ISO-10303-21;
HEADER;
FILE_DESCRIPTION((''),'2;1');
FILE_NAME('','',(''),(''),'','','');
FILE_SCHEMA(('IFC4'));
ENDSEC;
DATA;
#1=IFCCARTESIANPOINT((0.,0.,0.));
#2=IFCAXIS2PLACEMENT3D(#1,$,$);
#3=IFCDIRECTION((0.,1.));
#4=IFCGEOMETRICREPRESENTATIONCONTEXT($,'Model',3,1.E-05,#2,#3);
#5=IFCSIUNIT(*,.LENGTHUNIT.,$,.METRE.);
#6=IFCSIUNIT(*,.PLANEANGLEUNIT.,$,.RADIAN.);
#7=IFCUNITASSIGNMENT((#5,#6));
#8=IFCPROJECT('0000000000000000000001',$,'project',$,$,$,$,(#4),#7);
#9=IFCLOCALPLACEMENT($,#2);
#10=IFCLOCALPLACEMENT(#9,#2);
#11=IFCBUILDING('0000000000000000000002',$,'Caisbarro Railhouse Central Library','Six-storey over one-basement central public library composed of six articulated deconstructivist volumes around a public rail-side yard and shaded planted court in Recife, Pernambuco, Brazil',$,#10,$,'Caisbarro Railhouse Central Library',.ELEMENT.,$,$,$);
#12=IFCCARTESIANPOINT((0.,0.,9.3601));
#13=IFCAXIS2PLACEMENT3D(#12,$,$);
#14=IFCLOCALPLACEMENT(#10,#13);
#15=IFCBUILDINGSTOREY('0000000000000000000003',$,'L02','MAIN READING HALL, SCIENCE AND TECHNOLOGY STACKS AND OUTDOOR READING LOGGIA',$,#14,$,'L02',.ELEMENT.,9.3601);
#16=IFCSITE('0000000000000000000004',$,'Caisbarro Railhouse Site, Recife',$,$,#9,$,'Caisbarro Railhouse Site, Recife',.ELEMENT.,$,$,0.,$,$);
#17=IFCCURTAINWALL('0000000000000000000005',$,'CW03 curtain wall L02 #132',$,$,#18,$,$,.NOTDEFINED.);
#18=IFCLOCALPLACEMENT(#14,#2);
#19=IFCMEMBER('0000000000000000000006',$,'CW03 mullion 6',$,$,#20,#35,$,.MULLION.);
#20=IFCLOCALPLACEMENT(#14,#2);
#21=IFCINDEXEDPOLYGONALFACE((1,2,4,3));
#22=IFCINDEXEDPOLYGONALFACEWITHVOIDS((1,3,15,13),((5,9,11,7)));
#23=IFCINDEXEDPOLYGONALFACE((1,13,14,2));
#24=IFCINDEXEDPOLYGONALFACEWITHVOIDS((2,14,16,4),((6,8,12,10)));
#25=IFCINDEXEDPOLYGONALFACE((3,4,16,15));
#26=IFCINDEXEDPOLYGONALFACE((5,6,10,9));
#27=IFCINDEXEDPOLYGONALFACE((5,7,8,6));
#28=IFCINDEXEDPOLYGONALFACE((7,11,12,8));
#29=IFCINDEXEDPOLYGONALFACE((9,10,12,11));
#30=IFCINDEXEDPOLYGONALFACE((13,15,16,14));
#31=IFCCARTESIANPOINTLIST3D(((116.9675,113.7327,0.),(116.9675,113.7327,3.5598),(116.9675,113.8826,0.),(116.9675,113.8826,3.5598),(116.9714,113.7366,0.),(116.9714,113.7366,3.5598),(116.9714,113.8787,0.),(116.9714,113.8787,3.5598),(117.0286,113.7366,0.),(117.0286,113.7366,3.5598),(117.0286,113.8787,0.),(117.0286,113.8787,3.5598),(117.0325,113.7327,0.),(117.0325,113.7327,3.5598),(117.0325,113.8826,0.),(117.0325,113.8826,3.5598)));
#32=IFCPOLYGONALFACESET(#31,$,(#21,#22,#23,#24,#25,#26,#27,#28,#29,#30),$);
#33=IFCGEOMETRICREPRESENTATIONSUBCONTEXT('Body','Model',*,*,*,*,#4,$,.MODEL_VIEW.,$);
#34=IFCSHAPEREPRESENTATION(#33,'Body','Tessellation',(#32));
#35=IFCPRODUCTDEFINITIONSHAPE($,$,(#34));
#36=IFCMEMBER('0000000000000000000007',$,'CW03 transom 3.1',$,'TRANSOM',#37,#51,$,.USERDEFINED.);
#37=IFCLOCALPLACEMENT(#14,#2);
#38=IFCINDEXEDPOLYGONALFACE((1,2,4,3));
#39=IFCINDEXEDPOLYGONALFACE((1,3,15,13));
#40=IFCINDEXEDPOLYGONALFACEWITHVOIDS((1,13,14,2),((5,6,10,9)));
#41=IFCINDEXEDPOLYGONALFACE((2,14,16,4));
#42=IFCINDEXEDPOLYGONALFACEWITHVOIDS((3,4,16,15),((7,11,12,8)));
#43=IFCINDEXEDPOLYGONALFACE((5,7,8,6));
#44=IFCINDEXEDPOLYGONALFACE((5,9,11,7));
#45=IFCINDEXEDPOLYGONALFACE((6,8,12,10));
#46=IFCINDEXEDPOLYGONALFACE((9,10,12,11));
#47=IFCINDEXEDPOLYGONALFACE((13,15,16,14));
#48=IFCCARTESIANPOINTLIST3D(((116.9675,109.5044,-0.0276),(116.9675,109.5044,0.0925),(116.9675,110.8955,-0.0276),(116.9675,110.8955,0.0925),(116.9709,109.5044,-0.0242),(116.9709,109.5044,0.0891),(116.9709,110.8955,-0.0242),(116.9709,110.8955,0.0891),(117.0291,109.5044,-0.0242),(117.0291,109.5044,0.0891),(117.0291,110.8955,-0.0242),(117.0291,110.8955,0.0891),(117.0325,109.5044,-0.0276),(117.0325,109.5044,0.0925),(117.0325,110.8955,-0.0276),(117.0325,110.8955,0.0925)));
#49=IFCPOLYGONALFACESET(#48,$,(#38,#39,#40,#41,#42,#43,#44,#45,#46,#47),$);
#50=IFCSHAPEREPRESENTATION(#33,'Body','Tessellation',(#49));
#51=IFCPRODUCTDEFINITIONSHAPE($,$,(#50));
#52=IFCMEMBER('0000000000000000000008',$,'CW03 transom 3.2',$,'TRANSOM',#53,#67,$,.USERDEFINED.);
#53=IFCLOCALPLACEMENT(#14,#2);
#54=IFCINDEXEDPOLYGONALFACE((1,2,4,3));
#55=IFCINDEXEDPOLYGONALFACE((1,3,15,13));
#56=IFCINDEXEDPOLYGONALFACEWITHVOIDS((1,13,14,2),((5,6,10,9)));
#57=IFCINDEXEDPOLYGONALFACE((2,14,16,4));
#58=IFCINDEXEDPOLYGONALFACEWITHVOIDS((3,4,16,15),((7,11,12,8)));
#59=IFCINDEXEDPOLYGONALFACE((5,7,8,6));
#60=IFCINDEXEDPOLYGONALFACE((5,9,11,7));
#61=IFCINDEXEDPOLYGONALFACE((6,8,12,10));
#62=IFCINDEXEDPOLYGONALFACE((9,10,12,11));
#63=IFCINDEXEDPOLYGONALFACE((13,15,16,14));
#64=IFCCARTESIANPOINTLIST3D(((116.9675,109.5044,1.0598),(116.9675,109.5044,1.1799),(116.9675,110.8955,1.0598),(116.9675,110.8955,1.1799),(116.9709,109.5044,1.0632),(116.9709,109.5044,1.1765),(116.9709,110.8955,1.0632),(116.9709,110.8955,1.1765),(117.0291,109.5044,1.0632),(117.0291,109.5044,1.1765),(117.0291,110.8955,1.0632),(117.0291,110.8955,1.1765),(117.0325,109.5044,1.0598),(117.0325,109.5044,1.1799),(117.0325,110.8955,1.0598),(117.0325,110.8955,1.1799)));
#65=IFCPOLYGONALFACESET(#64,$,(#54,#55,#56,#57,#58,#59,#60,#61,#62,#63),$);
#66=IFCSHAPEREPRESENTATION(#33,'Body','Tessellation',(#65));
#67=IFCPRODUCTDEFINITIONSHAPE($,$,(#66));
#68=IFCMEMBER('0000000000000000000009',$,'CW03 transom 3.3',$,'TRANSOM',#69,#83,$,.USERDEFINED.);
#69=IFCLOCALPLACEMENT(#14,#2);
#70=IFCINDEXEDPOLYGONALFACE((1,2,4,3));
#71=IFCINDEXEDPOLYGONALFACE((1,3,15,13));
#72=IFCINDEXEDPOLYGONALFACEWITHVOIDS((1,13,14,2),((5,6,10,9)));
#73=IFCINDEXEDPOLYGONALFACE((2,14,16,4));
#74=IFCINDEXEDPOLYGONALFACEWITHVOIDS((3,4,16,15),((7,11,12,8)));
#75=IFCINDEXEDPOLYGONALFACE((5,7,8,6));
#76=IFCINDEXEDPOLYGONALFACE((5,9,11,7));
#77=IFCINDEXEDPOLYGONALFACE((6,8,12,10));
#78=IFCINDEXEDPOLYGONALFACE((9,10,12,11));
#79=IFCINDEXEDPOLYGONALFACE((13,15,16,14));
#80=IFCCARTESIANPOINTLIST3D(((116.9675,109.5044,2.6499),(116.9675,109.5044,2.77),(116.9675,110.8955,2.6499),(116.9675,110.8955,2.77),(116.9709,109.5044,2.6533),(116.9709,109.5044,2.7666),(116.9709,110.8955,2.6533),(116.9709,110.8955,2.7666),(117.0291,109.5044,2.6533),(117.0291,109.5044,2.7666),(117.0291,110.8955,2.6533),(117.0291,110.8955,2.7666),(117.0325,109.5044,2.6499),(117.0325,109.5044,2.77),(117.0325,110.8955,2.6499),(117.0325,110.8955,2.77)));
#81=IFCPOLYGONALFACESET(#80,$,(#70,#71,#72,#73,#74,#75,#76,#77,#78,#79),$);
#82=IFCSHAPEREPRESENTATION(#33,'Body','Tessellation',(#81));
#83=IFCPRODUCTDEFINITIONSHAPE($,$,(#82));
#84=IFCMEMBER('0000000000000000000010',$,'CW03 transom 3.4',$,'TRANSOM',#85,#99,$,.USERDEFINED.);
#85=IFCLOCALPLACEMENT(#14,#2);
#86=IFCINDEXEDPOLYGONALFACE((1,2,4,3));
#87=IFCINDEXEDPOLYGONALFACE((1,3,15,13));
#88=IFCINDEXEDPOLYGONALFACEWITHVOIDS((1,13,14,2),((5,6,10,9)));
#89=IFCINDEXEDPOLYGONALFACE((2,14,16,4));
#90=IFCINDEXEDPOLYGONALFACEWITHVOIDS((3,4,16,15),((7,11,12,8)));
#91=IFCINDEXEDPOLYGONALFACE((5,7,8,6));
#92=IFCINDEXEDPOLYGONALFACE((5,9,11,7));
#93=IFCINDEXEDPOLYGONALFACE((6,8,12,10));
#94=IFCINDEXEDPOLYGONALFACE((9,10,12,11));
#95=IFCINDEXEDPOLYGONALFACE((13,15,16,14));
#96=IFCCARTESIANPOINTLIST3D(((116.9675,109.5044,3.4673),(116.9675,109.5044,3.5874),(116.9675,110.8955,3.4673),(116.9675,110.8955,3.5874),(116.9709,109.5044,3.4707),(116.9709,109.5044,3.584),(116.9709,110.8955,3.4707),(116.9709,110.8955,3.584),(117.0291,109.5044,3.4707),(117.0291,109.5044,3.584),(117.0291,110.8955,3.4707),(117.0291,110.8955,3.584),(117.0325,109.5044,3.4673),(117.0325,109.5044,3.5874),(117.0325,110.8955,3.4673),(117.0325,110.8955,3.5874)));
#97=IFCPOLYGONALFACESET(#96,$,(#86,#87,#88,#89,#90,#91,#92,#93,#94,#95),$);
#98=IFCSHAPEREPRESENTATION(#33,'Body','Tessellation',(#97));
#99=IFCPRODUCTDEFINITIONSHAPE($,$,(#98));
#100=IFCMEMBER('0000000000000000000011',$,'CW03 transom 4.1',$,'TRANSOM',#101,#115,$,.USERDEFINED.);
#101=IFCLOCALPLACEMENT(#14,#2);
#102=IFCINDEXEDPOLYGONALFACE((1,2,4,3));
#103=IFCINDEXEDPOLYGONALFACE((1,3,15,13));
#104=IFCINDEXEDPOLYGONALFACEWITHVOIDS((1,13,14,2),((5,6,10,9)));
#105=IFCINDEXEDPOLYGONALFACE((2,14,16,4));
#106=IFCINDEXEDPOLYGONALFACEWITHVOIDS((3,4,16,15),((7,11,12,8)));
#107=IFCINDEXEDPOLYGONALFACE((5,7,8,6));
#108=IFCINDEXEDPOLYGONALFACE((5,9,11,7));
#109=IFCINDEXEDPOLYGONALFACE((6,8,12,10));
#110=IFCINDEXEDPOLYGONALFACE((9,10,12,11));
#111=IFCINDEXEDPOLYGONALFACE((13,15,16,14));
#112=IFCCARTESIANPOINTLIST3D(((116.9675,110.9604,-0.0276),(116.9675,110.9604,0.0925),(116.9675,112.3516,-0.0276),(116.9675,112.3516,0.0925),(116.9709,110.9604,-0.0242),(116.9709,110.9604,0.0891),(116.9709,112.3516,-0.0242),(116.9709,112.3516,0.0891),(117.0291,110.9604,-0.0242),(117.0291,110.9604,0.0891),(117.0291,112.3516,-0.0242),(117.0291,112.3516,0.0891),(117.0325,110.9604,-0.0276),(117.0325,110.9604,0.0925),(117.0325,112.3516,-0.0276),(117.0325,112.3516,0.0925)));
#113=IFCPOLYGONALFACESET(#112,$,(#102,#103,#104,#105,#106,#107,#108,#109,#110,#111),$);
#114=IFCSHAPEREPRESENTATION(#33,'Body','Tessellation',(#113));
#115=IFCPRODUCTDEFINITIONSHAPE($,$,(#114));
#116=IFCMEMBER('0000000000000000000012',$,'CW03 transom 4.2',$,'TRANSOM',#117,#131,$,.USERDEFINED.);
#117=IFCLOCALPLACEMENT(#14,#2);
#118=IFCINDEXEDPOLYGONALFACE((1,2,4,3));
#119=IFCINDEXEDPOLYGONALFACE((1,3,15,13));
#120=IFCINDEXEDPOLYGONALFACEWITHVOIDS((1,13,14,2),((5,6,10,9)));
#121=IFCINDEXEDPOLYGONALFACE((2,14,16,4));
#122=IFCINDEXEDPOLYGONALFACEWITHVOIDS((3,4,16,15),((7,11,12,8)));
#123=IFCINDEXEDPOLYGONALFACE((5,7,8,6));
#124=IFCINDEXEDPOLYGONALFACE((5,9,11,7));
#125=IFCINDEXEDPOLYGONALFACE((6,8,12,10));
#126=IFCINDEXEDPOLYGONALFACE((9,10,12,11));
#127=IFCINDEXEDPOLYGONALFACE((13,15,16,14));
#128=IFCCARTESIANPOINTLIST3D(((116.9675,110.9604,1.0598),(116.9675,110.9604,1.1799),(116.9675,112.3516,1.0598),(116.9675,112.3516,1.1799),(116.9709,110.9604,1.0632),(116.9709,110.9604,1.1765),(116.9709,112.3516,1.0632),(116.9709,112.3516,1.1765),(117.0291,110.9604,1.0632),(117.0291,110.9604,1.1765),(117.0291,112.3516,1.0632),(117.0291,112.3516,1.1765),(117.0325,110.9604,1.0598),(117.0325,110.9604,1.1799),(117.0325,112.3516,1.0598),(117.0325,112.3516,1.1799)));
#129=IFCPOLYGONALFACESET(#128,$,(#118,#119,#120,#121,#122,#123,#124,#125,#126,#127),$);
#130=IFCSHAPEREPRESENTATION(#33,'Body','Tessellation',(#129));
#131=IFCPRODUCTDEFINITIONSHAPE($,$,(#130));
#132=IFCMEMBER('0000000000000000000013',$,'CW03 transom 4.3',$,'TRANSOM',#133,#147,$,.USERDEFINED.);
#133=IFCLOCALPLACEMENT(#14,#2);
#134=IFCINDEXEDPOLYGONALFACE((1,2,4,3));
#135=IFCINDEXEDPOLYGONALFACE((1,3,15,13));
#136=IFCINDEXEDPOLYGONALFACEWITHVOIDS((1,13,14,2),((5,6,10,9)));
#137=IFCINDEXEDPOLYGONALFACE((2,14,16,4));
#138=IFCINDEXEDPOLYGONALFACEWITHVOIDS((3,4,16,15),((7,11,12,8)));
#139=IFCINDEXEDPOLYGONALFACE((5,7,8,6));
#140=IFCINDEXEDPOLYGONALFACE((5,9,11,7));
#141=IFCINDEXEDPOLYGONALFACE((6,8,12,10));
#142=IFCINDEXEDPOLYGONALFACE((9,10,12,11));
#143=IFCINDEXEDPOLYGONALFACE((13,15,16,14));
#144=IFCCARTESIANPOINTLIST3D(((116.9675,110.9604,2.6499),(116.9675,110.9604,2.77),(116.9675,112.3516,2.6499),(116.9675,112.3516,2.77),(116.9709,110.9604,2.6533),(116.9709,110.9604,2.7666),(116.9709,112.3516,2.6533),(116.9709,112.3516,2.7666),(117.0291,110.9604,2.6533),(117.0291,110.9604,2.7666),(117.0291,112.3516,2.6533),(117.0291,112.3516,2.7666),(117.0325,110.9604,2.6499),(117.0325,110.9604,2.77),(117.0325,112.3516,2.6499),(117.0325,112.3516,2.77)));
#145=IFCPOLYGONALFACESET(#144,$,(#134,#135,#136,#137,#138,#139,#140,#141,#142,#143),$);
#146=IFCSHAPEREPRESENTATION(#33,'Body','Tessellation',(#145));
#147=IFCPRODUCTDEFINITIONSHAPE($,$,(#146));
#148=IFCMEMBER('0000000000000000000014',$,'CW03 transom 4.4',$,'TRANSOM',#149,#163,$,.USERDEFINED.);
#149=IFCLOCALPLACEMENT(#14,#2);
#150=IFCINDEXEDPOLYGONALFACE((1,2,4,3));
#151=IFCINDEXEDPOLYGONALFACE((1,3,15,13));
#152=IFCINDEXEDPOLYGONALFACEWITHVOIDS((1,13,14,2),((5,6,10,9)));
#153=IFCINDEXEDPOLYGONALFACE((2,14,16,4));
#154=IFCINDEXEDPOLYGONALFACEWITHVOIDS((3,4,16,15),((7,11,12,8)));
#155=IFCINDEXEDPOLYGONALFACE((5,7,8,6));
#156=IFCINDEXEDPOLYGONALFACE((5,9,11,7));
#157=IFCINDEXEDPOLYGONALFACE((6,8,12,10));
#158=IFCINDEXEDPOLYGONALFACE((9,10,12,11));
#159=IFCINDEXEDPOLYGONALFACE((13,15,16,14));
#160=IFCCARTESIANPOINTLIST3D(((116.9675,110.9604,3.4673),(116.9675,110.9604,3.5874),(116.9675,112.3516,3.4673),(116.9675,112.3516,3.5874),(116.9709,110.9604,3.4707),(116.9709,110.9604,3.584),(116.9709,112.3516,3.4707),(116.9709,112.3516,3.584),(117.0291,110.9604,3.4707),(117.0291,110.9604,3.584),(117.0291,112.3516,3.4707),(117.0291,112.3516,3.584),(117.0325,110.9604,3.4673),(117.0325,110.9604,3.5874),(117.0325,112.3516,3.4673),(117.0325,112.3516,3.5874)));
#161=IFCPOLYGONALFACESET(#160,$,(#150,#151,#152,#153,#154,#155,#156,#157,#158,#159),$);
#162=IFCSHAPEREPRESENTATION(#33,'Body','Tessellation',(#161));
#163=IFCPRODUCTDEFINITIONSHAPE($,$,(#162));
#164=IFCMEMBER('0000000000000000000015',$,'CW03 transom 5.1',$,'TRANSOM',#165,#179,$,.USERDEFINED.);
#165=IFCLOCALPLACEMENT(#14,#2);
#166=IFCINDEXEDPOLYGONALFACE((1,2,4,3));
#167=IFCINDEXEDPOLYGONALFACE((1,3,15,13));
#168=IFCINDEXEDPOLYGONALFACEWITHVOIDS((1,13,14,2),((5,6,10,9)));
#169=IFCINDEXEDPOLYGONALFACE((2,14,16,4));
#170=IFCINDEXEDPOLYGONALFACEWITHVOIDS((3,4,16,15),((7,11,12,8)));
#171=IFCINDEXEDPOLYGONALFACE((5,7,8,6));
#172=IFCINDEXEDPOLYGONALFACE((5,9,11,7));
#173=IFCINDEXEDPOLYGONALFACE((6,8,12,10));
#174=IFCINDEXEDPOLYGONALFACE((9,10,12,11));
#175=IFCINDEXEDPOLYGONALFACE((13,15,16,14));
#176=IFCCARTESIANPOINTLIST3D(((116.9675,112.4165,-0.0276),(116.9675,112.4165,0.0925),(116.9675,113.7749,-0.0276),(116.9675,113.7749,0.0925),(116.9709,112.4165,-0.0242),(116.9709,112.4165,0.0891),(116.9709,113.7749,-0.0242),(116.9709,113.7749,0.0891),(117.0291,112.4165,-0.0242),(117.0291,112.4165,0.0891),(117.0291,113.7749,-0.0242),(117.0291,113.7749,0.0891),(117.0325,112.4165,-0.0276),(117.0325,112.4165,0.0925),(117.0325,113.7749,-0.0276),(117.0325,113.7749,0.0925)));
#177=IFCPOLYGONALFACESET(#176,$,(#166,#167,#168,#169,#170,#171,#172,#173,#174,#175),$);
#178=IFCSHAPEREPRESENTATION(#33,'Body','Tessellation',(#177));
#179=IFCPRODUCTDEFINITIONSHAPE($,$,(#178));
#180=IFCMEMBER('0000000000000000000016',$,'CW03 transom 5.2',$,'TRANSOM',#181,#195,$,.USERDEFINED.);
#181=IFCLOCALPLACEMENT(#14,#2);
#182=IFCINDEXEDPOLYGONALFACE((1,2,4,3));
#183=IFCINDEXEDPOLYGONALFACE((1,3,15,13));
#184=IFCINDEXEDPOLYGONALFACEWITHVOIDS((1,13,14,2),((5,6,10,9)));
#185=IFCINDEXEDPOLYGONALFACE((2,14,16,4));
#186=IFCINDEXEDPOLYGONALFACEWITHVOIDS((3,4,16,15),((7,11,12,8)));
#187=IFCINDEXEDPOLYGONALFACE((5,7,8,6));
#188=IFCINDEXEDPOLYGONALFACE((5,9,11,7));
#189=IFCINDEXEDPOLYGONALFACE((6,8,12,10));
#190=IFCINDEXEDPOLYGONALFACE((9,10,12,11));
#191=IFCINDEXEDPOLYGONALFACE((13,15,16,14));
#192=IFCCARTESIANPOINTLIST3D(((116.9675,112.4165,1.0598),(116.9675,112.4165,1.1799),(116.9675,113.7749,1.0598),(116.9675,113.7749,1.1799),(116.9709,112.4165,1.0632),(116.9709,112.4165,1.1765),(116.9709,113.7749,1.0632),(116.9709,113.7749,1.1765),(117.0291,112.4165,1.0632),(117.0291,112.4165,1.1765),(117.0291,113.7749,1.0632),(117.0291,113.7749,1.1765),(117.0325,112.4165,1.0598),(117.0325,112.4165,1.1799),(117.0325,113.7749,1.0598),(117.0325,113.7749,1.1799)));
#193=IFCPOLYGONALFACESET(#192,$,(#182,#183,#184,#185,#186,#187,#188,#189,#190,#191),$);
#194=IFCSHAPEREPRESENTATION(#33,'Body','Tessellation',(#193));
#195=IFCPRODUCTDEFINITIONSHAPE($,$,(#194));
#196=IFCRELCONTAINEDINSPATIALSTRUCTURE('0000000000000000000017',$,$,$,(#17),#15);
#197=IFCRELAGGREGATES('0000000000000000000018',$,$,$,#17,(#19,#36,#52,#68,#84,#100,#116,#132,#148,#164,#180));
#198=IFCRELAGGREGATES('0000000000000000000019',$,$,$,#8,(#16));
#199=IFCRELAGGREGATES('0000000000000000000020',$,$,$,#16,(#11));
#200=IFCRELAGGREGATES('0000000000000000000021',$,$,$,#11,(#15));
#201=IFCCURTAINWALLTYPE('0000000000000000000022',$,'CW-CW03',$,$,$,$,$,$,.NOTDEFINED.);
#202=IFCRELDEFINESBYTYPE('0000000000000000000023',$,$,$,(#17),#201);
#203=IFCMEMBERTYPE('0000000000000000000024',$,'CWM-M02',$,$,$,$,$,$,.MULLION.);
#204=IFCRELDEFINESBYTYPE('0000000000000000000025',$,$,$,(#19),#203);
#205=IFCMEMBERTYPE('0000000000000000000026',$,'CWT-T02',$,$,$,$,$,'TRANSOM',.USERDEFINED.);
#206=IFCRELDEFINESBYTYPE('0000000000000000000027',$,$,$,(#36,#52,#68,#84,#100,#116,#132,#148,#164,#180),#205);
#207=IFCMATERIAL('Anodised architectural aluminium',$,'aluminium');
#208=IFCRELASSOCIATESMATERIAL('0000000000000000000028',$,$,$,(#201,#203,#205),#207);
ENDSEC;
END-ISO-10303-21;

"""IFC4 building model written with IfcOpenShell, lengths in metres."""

from ifc_helpers import new_model, si_unit, direction, frame, origin, origin_2d, place, context, subcontext, project, spatial, hollow_rectangle, extrude, material, material_profile, profile_set, type_object, element, aggregate, save


model = new_model("IFC4")

# Units and contexts
model_context = context("Model", 3, precision=1e-05, world=origin(), true_north=direction((0.0, 1.0)))
body_context = subcontext(model_context, "Body", "Model", "MODEL_VIEW")
ifc_project = project(units=[si_unit("LENGTHUNIT", "METRE"), si_unit("PLANEANGLEUNIT", "RADIAN")], contexts=[model_context])

# Site, building, storey
site_placement = place(None, origin())
site = spatial("IfcSite", under=ifc_project, at=site_placement, Name="Caisbarro Railhouse Site, Recife", LongName="Caisbarro Railhouse Site, Recife", CompositionType="ELEMENT", RefElevation=0.0)
building_placement = place(site_placement, origin())
building = spatial("IfcBuilding", under=site, at=building_placement, Name="Caisbarro Railhouse Central Library", Description="Six-storey over one-basement central public library composed of six articulated deconstructivist volumes around a public rail-side yard and shaded planted court in Recife, Pernambuco, Brazil", LongName="Caisbarro Railhouse Central Library", CompositionType="ELEMENT")
storey_placement = place(building_placement, frame((0.0, 0.0, 9.3601)))
storey = spatial("IfcBuildingStorey", under=building, at=storey_placement, Name="L02", Description="MAIN READING HALL, SCIENCE AND TECHNOLOGY STACKS AND OUTDOOR READING LOGGIA", LongName="L02", CompositionType="ELEMENT", Elevation=9.3601)

# Curtain wall, members
ifc_material_1 = material(Name="Anodised architectural aluminium", Category="aluminium")
curtain_wall_type = type_object("IfcCurtainWallType", Name="CW-CW03", PredefinedType="NOTDEFINED", material=ifc_material_1)
curtain_wall_placement = place(storey_placement, origin())
curtain_wall = element("IfcCurtainWall", 1, at=curtain_wall_placement, inside=storey, type_object=curtain_wall_type, Name="CW03 curtain wall L02 #132", PredefinedType="NOTDEFINED")
ifc_material_profile_1 = material_profile(ifc_material_1, hollow_rectangle(XDim=0.0649, YDim=0.1499, WallThickness=0.0039, at=origin_2d()), Name="ALU-MUL-65X150")
ifc_profile_set_1 = profile_set([ifc_material_profile_1], Name="Anodised architectural aluminium")
member_type_1 = type_object("IfcMemberType", Name="CWM-M02", PredefinedType="MULLION", material=ifc_profile_set_1)
member_1_placement = place(storey_placement, frame((117.0, 113.8076, 0.0), z_axis=(0.0, 0.0, 1.0), x_axis=(-1.0, 0.0, 0.0)))
member_1 = element("IfcMember", 2, at=member_1_placement, type_object=member_type_1, Name="CW03 mullion 6", PredefinedType="MULLION", context=body_context, shape_type="SweptSolid", body=[
    extrude(hollow_rectangle(XDim=0.0649, YDim=0.1499, WallThickness=0.0039, at=origin_2d()), origin(), (0.0, 0.0, 1.0), 3.5598),
])
ifc_material_profile_2 = material_profile(ifc_material_1, hollow_rectangle(XDim=0.0649, YDim=0.1201, WallThickness=0.0034, at=origin_2d()), Name="ALU-TRN-65X120")
ifc_profile_set_2 = profile_set([ifc_material_profile_2], Name="Anodised architectural aluminium")
member_type_2 = type_object("IfcMemberType", Name="CWT-T02", ElementType="TRANSOM", PredefinedType="USERDEFINED", material=ifc_profile_set_2)
member_2_placement = place(storey_placement, frame((117.0, 109.5044, 0.0325), z_axis=(0.0, 1.0, 0.0), x_axis=(-1.0, 0.0, 0.0)))
member_2 = element("IfcMember", 3, at=member_2_placement, type_object=member_type_2, Name="CW03 transom 3.1", ObjectType="TRANSOM", PredefinedType="USERDEFINED", context=body_context, shape_type="SweptSolid", body=[
    extrude(hollow_rectangle(XDim=0.0649, YDim=0.1201, WallThickness=0.0034, at=origin_2d()), origin(), (0.0, 0.0, 1.0), 1.3911),
])
member_3_placement = place(storey_placement, frame((117.0, 109.5044, 1.1199), z_axis=(0.0, 1.0, 0.0), x_axis=(-1.0, 0.0, 0.0)))
member_3 = element("IfcMember", 4, at=member_3_placement, type_object=member_type_2, Name="CW03 transom 3.2", ObjectType="TRANSOM", PredefinedType="USERDEFINED", context=body_context, shape_type="SweptSolid", body=[
    extrude(hollow_rectangle(XDim=0.0649, YDim=0.1201, WallThickness=0.0034, at=origin_2d()), origin(), (0.0, 0.0, 1.0), 1.3911),
])
member_4_placement = place(storey_placement, frame((117.0, 109.5044, 2.71), z_axis=(0.0, 1.0, 0.0), x_axis=(-1.0, 0.0, 0.0)))
member_4 = element("IfcMember", 5, at=member_4_placement, type_object=member_type_2, Name="CW03 transom 3.3", ObjectType="TRANSOM", PredefinedType="USERDEFINED", context=body_context, shape_type="SweptSolid", body=[
    extrude(hollow_rectangle(XDim=0.0649, YDim=0.1201, WallThickness=0.0034, at=origin_2d()), origin(), (0.0, 0.0, 1.0), 1.3911),
])
member_5_placement = place(storey_placement, frame((117.0, 109.5044, 3.5273), z_axis=(0.0, 1.0, 0.0), x_axis=(-1.0, 0.0, 0.0)))
member_5 = element("IfcMember", 6, at=member_5_placement, type_object=member_type_2, Name="CW03 transom 3.4", ObjectType="TRANSOM", PredefinedType="USERDEFINED", context=body_context, shape_type="SweptSolid", body=[
    extrude(hollow_rectangle(XDim=0.0649, YDim=0.1201, WallThickness=0.0034, at=origin_2d()), origin(), (0.0, 0.0, 1.0), 1.3911),
])
member_6_placement = place(storey_placement, frame((117.0, 110.9604, 0.0325), z_axis=(0.0, 1.0, 0.0), x_axis=(-1.0, 0.0, 0.0)))
member_6 = element("IfcMember", 7, at=member_6_placement, type_object=member_type_2, Name="CW03 transom 4.1", ObjectType="TRANSOM", PredefinedType="USERDEFINED", context=body_context, shape_type="SweptSolid", body=[
    extrude(hollow_rectangle(XDim=0.0649, YDim=0.1201, WallThickness=0.0034, at=origin_2d()), origin(), (0.0, 0.0, 1.0), 1.3911),
])
member_7_placement = place(storey_placement, frame((117.0, 110.9604, 1.1199), z_axis=(0.0, 1.0, 0.0), x_axis=(-1.0, 0.0, 0.0)))
member_7 = element("IfcMember", 8, at=member_7_placement, type_object=member_type_2, Name="CW03 transom 4.2", ObjectType="TRANSOM", PredefinedType="USERDEFINED", context=body_context, shape_type="SweptSolid", body=[
    extrude(hollow_rectangle(XDim=0.0649, YDim=0.1201, WallThickness=0.0034, at=origin_2d()), origin(), (0.0, 0.0, 1.0), 1.3911),
])
member_8_placement = place(storey_placement, frame((117.0, 110.9604, 2.71), z_axis=(0.0, 1.0, 0.0), x_axis=(-1.0, 0.0, 0.0)))
member_8 = element("IfcMember", 9, at=member_8_placement, type_object=member_type_2, Name="CW03 transom 4.3", ObjectType="TRANSOM", PredefinedType="USERDEFINED", context=body_context, shape_type="SweptSolid", body=[
    extrude(hollow_rectangle(XDim=0.0649, YDim=0.1201, WallThickness=0.0034, at=origin_2d()), origin(), (0.0, 0.0, 1.0), 1.3911),
])
member_9_placement = place(storey_placement, frame((117.0, 110.9604, 3.5273), z_axis=(0.0, 1.0, 0.0), x_axis=(-1.0, 0.0, 0.0)))
member_9 = element("IfcMember", 10, at=member_9_placement, type_object=member_type_2, Name="CW03 transom 4.4", ObjectType="TRANSOM", PredefinedType="USERDEFINED", context=body_context, shape_type="SweptSolid", body=[
    extrude(hollow_rectangle(XDim=0.0649, YDim=0.1201, WallThickness=0.0034, at=origin_2d()), origin(), (0.0, 0.0, 1.0), 1.3911),
])
member_10_placement = place(storey_placement, frame((117.0, 112.4165, 0.0325), z_axis=(0.0, 1.0, 0.0), x_axis=(-1.0, 0.0, 0.0)))
member_10 = element("IfcMember", 11, at=member_10_placement, type_object=member_type_2, Name="CW03 transom 5.1", ObjectType="TRANSOM", PredefinedType="USERDEFINED", context=body_context, shape_type="SweptSolid", body=[
    extrude(hollow_rectangle(XDim=0.0649, YDim=0.1201, WallThickness=0.0034, at=origin_2d()), origin(), (0.0, 0.0, 1.0), 1.3584),
])
member_11_placement = place(storey_placement, frame((117.0, 112.4165, 1.1199), z_axis=(0.0, 1.0, 0.0), x_axis=(-1.0, 0.0, 0.0)))
member_11 = element("IfcMember", 12, at=member_11_placement, type_object=member_type_2, Name="CW03 transom 5.2", ObjectType="TRANSOM", PredefinedType="USERDEFINED", context=body_context, shape_type="SweptSolid", body=[
    extrude(hollow_rectangle(XDim=0.0649, YDim=0.1201, WallThickness=0.0034, at=origin_2d()), origin(), (0.0, 0.0, 1.0), 1.3584),
])
aggregate(curtain_wall, [member_1, member_2, member_3, member_4, member_5, member_6, member_7, member_8, member_9, member_10, member_11])

save(model, "model.ifc")
